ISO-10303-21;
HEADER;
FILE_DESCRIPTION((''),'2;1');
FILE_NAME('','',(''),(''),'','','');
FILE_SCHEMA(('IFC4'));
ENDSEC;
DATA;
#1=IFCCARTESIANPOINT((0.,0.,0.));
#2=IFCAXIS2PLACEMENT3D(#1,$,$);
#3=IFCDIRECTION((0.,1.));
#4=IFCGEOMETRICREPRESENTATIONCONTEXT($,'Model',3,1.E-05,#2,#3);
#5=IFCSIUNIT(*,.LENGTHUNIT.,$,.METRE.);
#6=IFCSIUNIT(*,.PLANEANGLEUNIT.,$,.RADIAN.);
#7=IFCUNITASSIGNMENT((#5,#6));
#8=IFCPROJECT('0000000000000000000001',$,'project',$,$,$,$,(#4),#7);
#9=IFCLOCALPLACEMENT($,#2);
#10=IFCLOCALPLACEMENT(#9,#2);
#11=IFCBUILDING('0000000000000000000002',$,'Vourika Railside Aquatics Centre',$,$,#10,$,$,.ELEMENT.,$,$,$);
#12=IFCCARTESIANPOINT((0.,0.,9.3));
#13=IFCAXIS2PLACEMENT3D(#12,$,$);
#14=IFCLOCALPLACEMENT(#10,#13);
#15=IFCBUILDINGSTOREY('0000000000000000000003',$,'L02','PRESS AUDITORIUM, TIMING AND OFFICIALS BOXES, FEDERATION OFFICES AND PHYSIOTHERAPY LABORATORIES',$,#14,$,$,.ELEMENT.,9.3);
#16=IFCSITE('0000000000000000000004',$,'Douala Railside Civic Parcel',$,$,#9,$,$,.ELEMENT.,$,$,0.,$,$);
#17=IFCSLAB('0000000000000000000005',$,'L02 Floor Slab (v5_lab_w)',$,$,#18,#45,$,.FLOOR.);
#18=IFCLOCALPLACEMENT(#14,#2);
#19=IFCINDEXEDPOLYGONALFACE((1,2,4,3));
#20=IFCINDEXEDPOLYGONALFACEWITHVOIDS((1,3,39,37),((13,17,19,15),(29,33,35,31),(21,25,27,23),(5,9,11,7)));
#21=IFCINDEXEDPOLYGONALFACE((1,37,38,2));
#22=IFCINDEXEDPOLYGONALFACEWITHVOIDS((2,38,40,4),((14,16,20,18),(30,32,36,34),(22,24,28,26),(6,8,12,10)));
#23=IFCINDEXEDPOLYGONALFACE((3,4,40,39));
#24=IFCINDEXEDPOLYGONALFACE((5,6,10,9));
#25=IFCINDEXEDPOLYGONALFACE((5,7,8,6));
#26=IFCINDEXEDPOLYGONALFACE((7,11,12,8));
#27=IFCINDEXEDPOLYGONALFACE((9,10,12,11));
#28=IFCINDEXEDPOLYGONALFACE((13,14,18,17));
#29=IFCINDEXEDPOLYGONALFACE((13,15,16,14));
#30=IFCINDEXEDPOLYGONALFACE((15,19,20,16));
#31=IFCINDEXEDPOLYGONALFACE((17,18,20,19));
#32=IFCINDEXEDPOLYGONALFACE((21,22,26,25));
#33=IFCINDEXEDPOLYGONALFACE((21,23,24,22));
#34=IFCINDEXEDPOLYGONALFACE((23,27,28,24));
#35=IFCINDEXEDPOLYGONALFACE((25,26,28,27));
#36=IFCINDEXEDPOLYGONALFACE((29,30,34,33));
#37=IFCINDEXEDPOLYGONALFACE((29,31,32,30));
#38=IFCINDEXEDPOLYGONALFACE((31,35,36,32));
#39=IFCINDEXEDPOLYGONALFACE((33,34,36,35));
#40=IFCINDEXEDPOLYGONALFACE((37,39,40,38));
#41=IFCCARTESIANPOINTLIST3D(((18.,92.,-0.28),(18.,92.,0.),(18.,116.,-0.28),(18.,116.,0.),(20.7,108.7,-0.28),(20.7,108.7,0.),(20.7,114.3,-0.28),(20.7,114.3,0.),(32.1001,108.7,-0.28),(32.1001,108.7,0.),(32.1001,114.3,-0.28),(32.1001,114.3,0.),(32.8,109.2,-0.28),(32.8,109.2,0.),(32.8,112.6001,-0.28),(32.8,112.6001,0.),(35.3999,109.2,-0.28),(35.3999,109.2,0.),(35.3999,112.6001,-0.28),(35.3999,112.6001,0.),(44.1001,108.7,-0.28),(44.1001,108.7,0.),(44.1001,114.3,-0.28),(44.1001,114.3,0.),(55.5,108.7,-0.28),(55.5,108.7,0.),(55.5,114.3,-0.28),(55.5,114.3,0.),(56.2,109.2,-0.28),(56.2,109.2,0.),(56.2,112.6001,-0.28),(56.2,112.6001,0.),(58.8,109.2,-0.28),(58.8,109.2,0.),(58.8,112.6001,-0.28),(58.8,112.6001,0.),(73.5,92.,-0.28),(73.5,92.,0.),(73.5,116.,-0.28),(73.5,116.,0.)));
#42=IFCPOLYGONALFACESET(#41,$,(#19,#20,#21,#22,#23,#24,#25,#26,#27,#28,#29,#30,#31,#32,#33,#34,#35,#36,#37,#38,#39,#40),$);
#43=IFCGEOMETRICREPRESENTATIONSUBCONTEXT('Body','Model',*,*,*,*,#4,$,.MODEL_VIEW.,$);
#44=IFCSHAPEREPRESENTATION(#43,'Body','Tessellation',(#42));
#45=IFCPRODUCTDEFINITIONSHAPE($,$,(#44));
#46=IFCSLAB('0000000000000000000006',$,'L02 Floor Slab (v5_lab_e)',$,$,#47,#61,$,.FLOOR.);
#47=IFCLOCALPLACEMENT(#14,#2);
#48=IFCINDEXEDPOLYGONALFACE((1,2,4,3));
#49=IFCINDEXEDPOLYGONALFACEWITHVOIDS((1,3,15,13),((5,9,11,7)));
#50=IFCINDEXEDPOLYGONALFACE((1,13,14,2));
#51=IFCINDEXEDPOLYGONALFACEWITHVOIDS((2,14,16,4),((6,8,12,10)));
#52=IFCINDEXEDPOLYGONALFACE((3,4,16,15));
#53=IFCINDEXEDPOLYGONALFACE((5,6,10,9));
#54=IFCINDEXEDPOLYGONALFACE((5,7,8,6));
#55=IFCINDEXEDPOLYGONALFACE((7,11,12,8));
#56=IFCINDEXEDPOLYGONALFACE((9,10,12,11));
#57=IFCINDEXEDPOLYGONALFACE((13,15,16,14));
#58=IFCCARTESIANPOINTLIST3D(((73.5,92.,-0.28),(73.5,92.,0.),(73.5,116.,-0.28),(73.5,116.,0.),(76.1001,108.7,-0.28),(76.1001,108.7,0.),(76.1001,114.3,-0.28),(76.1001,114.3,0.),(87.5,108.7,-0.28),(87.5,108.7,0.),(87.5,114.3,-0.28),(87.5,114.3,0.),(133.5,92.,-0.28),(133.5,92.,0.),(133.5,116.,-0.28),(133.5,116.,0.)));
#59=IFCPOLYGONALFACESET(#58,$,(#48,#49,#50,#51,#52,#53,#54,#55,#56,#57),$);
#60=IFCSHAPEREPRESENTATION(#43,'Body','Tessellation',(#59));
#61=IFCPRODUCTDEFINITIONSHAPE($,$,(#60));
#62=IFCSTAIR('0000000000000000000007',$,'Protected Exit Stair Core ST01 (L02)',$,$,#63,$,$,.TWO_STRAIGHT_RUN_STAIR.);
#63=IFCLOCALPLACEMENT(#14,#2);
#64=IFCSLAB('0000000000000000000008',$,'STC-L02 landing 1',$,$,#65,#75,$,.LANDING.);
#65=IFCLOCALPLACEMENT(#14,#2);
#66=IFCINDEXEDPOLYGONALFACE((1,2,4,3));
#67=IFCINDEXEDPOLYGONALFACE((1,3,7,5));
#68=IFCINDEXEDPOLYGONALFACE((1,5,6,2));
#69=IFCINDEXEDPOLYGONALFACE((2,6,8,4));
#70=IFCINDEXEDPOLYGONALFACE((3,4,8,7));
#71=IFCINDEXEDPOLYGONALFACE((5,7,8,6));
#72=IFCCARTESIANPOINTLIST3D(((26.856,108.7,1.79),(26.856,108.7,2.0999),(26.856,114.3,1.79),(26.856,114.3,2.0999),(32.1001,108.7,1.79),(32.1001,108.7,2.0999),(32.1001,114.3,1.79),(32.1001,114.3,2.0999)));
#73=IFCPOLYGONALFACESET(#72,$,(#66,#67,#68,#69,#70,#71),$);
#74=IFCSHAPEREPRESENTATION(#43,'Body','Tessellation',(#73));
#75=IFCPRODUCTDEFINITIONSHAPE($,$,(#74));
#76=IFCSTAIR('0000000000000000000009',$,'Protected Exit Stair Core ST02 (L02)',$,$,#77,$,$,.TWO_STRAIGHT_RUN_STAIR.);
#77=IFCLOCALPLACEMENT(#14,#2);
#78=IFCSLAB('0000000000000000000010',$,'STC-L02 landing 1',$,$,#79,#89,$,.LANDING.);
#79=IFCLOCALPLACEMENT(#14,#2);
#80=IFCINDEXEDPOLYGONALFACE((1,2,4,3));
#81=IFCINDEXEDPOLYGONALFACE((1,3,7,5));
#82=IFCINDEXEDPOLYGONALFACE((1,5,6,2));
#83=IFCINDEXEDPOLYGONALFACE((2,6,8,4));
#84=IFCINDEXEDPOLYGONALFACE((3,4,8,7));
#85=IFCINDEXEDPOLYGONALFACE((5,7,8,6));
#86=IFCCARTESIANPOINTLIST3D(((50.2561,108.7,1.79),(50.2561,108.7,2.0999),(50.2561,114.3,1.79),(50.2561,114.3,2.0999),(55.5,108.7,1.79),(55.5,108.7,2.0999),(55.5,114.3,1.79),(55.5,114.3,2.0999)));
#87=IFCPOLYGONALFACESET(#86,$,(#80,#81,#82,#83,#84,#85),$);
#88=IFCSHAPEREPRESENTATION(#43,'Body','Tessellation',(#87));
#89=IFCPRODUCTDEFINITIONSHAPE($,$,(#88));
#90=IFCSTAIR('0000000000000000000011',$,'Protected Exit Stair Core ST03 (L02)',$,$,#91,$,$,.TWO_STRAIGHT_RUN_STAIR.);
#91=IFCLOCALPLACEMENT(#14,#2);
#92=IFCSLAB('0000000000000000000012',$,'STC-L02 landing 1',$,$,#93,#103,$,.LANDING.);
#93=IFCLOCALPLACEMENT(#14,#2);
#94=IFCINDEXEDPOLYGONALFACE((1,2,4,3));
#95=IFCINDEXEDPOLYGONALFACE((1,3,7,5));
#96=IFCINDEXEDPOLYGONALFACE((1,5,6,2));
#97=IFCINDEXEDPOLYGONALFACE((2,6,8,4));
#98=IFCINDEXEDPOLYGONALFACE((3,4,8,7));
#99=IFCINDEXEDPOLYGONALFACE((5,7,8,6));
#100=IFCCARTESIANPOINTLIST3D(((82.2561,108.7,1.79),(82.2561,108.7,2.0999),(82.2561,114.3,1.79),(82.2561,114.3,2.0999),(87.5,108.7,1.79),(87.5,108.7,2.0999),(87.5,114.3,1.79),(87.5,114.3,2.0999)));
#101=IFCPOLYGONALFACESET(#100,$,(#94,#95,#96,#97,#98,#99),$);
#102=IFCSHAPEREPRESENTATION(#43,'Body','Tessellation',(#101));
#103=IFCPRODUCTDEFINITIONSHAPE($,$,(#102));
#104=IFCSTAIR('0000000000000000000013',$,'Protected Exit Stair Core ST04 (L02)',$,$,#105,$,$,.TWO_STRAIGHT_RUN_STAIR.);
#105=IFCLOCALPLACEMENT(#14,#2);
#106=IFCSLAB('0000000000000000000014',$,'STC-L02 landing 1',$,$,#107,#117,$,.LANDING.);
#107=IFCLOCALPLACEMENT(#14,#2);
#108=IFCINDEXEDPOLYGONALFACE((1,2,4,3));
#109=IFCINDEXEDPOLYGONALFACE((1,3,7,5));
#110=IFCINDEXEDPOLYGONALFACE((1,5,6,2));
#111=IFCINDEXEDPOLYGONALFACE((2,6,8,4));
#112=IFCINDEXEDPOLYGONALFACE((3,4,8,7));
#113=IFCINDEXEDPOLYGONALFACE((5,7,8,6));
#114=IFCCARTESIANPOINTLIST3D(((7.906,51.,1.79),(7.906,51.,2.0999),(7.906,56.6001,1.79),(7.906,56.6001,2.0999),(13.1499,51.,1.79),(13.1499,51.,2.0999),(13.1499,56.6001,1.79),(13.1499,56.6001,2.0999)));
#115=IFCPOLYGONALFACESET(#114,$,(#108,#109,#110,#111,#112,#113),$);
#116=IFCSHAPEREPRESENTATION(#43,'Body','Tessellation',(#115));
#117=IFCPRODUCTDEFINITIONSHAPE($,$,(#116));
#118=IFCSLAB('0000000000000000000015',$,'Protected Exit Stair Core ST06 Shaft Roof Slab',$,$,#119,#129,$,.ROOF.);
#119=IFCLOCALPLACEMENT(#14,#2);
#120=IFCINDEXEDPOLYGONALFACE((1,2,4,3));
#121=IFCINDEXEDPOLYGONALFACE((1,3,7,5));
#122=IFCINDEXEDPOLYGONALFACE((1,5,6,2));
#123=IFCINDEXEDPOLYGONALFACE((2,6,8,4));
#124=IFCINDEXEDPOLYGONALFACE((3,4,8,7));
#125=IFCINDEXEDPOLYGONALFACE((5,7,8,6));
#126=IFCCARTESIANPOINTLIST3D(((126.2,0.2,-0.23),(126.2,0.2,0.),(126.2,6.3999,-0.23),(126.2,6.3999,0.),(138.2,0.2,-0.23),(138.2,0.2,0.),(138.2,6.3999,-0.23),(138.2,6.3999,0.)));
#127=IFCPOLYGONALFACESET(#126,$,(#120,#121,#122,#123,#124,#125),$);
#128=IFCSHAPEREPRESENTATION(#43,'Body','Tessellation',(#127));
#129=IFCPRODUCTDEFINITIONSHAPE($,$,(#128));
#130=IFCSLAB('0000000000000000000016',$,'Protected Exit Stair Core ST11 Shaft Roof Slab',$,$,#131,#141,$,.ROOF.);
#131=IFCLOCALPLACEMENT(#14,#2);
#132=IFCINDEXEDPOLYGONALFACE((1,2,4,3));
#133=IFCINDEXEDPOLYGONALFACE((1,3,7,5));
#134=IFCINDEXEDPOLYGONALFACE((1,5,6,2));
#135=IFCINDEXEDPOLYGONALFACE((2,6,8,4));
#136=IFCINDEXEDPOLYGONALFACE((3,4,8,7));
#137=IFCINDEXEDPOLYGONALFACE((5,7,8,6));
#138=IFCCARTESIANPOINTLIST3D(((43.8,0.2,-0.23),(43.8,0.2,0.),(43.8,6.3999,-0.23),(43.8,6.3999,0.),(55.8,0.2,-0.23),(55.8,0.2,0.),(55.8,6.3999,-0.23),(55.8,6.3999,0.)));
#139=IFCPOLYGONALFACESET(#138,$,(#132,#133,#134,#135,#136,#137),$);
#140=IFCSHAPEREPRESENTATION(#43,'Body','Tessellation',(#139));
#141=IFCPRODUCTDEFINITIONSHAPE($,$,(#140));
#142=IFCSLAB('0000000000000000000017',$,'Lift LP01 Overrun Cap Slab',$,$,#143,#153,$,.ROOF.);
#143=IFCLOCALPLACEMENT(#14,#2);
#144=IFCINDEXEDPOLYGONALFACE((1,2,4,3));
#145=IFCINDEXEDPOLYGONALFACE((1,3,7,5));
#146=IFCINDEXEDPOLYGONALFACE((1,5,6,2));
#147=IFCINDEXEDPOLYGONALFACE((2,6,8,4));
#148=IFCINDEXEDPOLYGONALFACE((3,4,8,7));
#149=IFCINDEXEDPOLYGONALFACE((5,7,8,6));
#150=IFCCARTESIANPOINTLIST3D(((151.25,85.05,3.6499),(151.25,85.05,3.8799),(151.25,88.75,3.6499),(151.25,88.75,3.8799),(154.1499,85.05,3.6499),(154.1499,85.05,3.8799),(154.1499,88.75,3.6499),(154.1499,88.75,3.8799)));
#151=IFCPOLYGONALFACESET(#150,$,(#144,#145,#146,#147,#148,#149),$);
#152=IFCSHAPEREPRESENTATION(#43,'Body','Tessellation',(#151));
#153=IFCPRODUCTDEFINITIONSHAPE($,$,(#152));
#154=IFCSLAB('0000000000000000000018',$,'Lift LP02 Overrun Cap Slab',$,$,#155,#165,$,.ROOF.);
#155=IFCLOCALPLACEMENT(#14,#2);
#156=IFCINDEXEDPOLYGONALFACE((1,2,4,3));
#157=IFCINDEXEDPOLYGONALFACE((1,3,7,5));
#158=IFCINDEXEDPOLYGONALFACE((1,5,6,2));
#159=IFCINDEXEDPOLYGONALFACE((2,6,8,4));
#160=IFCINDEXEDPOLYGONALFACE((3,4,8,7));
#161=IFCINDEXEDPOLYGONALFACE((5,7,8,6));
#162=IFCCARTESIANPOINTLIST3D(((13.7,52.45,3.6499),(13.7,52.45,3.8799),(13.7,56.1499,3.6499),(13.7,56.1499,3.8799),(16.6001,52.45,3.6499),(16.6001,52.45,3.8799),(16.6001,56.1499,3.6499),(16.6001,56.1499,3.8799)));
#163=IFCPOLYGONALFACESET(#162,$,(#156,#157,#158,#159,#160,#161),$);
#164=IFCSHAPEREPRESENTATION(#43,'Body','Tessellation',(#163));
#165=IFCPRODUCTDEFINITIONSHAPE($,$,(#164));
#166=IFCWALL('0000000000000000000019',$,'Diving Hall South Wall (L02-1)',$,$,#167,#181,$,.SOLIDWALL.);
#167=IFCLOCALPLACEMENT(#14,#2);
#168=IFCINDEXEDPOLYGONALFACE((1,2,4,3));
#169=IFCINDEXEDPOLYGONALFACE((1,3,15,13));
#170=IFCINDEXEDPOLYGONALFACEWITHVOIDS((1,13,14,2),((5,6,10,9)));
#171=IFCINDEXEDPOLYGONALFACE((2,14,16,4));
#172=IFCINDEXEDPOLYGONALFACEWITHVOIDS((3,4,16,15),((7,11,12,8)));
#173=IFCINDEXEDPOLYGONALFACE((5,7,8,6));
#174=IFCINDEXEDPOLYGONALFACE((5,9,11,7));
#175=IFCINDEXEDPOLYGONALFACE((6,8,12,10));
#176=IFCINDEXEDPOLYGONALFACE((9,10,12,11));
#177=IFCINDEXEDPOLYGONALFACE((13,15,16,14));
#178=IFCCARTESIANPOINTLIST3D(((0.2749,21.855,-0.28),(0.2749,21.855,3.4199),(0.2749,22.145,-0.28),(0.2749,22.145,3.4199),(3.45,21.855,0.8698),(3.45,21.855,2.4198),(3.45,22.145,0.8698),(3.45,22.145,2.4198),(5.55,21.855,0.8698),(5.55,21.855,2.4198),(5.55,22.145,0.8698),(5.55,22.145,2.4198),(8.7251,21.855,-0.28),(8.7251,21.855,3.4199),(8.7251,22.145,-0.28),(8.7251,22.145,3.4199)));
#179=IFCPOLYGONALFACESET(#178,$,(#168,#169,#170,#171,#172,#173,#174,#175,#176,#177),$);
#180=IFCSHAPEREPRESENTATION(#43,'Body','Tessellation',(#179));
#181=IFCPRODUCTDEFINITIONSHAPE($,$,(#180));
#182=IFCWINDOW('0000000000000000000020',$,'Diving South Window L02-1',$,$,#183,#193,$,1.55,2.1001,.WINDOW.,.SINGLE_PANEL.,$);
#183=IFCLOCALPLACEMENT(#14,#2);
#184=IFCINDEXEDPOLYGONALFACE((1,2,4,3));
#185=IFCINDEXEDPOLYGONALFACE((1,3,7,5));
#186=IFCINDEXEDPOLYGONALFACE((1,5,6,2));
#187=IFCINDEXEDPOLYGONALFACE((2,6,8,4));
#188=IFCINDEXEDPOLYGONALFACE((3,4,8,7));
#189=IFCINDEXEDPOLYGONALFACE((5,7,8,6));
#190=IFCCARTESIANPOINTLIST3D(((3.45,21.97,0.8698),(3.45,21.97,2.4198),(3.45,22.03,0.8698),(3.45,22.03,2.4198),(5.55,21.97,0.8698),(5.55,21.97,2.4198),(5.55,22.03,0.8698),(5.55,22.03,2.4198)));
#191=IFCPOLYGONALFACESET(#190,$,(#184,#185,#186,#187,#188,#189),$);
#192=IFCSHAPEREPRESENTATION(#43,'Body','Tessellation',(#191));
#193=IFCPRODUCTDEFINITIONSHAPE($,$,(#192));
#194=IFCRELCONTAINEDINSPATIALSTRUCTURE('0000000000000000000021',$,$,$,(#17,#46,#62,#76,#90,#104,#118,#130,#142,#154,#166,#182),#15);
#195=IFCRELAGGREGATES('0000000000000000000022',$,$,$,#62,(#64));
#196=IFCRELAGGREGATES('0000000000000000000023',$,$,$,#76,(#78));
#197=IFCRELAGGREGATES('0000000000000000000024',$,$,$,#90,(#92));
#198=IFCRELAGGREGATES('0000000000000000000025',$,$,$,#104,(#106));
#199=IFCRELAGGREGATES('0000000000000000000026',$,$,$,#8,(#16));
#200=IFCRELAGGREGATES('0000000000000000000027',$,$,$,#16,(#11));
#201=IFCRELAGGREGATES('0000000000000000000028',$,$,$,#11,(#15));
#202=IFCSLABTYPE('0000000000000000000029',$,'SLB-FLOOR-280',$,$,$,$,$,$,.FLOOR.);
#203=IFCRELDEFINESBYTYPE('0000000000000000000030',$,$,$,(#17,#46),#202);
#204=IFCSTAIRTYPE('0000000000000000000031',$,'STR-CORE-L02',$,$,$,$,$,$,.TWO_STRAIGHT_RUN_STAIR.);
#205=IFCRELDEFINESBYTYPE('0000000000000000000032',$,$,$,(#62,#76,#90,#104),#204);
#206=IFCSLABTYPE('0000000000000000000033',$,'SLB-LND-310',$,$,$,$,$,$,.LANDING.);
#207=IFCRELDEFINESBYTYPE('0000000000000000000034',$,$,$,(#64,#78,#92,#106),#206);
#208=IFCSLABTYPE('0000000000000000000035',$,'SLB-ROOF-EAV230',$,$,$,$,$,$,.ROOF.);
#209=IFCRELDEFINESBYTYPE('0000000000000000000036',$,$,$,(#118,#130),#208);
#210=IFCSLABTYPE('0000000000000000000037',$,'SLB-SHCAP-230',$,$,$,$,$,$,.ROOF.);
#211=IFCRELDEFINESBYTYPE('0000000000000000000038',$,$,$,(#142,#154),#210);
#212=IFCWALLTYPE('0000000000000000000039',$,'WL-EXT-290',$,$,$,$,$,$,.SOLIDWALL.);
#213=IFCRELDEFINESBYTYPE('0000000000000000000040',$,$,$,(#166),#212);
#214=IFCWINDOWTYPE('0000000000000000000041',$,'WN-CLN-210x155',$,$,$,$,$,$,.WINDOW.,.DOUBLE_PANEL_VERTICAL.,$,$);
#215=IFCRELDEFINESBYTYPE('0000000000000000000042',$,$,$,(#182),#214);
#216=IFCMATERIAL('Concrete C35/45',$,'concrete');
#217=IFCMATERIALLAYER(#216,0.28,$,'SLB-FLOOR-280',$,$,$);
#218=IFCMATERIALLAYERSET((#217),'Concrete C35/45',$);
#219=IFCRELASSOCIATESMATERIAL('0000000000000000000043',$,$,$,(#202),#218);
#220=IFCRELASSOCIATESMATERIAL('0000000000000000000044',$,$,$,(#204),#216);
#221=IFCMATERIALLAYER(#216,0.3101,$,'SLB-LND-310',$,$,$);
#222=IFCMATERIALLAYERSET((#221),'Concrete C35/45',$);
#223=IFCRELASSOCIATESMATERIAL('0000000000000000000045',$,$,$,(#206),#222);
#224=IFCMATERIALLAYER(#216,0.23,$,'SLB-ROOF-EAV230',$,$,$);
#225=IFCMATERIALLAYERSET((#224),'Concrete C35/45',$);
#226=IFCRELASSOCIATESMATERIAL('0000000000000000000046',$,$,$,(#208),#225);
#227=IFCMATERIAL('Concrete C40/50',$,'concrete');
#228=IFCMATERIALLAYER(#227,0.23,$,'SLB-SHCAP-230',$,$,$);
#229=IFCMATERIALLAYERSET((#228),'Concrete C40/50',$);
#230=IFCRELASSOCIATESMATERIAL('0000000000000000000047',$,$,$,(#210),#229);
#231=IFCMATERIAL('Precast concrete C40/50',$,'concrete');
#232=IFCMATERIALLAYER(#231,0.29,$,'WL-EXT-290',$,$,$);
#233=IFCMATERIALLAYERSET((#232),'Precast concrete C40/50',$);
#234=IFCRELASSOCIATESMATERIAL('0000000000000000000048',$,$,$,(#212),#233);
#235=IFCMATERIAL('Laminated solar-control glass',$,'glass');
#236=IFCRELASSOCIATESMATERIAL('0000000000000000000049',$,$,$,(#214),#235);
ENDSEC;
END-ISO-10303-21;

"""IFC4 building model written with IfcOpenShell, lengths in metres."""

from ifc_helpers import new_model, si_unit, direction, frame, frame_2d, origin, place, context, subcontext, project, spatial, polyline, rectangle, outline, extrude, material, layer, layer_set, type_object, element, fill, aggregate, save


model = new_model("IFC4")

# Units and contexts
model_context = context("Model", 3, precision=1e-05, world=origin(), true_north=direction((0.0, 1.0)))
body_context = subcontext(model_context, "Body", "Model", "MODEL_VIEW")
ifc_project = project(units=[si_unit("LENGTHUNIT", "METRE"), si_unit("PLANEANGLEUNIT", "RADIAN")], contexts=[model_context])

# Site, building, storey
site_placement = place(None, origin())
site = spatial("IfcSite", under=ifc_project, at=site_placement, Name="Douala Railside Civic Parcel", CompositionType="ELEMENT", RefElevation=0.0)
building_placement = place(site_placement, origin())
building = spatial("IfcBuilding", under=site, at=building_placement, Name="Vourika Railside Aquatics Centre", CompositionType="ELEMENT")
storey_placement = place(building_placement, frame((0.0, 0.0, 9.3)))
storey = spatial("IfcBuildingStorey", under=building, at=storey_placement, Name="L02", Description="PRESS AUDITORIUM, TIMING AND OFFICIALS BOXES, FEDERATION OFFICES AND PHYSIOTHERAPY LABORATORIES", CompositionType="ELEMENT", Elevation=9.3)

# Shared definitions
ifc_material_1 = material(Name="Concrete C35/45", Category="concrete")

# Slabs
ifc_material_2 = material(Name="Concrete C40/50", Category="concrete")
ifc_layer_1 = layer(ifc_material_1, 0.28, Name="SLB-FLOOR-280")
ifc_layer_set_1 = layer_set([ifc_layer_1], Name="Concrete C35/45")
slab_type_1 = type_object("IfcSlabType", Name="SLB-FLOOR-280", PredefinedType="FLOOR", material=ifc_layer_set_1)
slab_1_placement = place(storey_placement, frame((0.0, 0.0, -0.28)))
element("IfcSlab", 1, at=slab_1_placement, inside=storey, type_object=slab_type_1, Name="L02 Floor Slab (v5_lab_w)", PredefinedType="FLOOR", context=body_context, shape_type="SweptSolid", body=[
    extrude(outline(polyline([(18.0, 92.0), (18.0, 116.0), (73.5, 116.0), (73.5, 92.0), (18.0, 92.0)]), holes=[polyline([(32.8, 112.6001), (32.8, 109.2), (35.3999, 109.2), (35.3999, 112.6001), (32.8, 112.6001)]), polyline([(58.8, 112.6001), (56.2, 112.6001), (56.2, 109.2), (58.8, 109.2), (58.8, 112.6001)]), polyline([(32.1001, 114.3), (20.7, 114.3), (20.7, 108.7), (32.1001, 108.7), (32.1001, 114.3)]), polyline([(44.1001, 114.3), (44.1001, 108.7), (55.5, 108.7), (55.5, 114.3), (44.1001, 114.3)])]), origin(), (0.0, 0.0, 1.0), 0.28),
])
slab_2_placement = place(storey_placement, frame((0.0, 0.0, -0.28)))
element("IfcSlab", 2, at=slab_2_placement, inside=storey, type_object=slab_type_1, Name="L02 Floor Slab (v5_lab_e)", PredefinedType="FLOOR", context=body_context, shape_type="SweptSolid", body=[
    extrude(outline(polyline([(73.5, 92.0), (73.5, 116.0), (133.5, 116.0), (133.5, 92.0), (73.5, 92.0)]), holes=[polyline([(87.5, 114.3), (76.1001, 114.3), (76.1001, 108.7), (87.5, 108.7), (87.5, 114.3)])]), origin(), (0.0, 0.0, 1.0), 0.28),
])

# Stairs, slabs
stair_type = type_object("IfcStairType", Name="STR-CORE-L02", PredefinedType="TWO_STRAIGHT_RUN_STAIR", material=ifc_material_1)
stair_1_placement = place(storey_placement, origin())
stair_1 = element("IfcStair", 3, at=stair_1_placement, inside=storey, type_object=stair_type, Name="Protected Exit Stair Core ST01 (L02)", PredefinedType="TWO_STRAIGHT_RUN_STAIR")
ifc_layer_2 = layer(ifc_material_1, 0.3101, Name="SLB-LND-310")
ifc_layer_set_2 = layer_set([ifc_layer_2], Name="Concrete C35/45")
slab_type_2 = type_object("IfcSlabType", Name="SLB-LND-310", PredefinedType="LANDING", material=ifc_layer_set_2)
slab_3_placement = place(storey_placement, frame((0.0, 0.0, 1.79)))
slab_3 = element("IfcSlab", 4, at=slab_3_placement, type_object=slab_type_2, Name="STC-L02 landing 1", PredefinedType="LANDING", context=body_context, shape_type="SweptSolid", body=[
    extrude(outline(polyline([(26.856, 108.7), (32.1001, 108.7), (32.1001, 114.3), (26.856, 114.3), (26.856, 108.7)])), origin(), (0.0, 0.0, 1.0), 0.3098),
])
aggregate(stair_1, [slab_3])
stair_2_placement = place(storey_placement, origin())
stair_2 = element("IfcStair", 5, at=stair_2_placement, inside=storey, type_object=stair_type, Name="Protected Exit Stair Core ST02 (L02)", PredefinedType="TWO_STRAIGHT_RUN_STAIR")
slab_4_placement = place(storey_placement, frame((0.0, 0.0, 1.79)))
slab_4 = element("IfcSlab", 6, at=slab_4_placement, type_object=slab_type_2, Name="STC-L02 landing 1", PredefinedType="LANDING", context=body_context, shape_type="SweptSolid", body=[
    extrude(outline(polyline([(50.2561, 108.7), (55.5, 108.7), (55.5, 114.3), (50.2561, 114.3), (50.2561, 108.7)])), origin(), (0.0, 0.0, 1.0), 0.3098),
])
aggregate(stair_2, [slab_4])
stair_3_placement = place(storey_placement, origin())
stair_3 = element("IfcStair", 7, at=stair_3_placement, inside=storey, type_object=stair_type, Name="Protected Exit Stair Core ST03 (L02)", PredefinedType="TWO_STRAIGHT_RUN_STAIR")
slab_5_placement = place(storey_placement, frame((0.0, 0.0, 1.79)))
slab_5 = element("IfcSlab", 8, at=slab_5_placement, type_object=slab_type_2, Name="STC-L02 landing 1", PredefinedType="LANDING", context=body_context, shape_type="SweptSolid", body=[
    extrude(outline(polyline([(82.2561, 108.7), (87.5, 108.7), (87.5, 114.3), (82.2561, 114.3), (82.2561, 108.7)])), origin(), (0.0, 0.0, 1.0), 0.3098),
])
aggregate(stair_3, [slab_5])
stair_4_placement = place(storey_placement, origin())
stair_4 = element("IfcStair", 9, at=stair_4_placement, inside=storey, type_object=stair_type, Name="Protected Exit Stair Core ST04 (L02)", PredefinedType="TWO_STRAIGHT_RUN_STAIR")
slab_6_placement = place(storey_placement, frame((0.0, 0.0, 1.79)))
slab_6 = element("IfcSlab", 10, at=slab_6_placement, type_object=slab_type_2, Name="STC-L02 landing 1", PredefinedType="LANDING", context=body_context, shape_type="SweptSolid", body=[
    extrude(outline(polyline([(7.906, 51.0), (13.1499, 51.0), (13.1499, 56.6001), (7.906, 56.6001), (7.906, 51.0)])), origin(), (0.0, 0.0, 1.0), 0.3098),
])
aggregate(stair_4, [slab_6])

# Slabs
ifc_layer_3 = layer(ifc_material_1, 0.23, Name="SLB-ROOF-EAV230")
ifc_layer_set_3 = layer_set([ifc_layer_3], Name="Concrete C35/45")
slab_type_3 = type_object("IfcSlabType", Name="SLB-ROOF-EAV230", PredefinedType="ROOF", material=ifc_layer_set_3)
slab_7_placement = place(storey_placement, frame((0.0, 0.0, -0.23)))
element("IfcSlab", 11, at=slab_7_placement, inside=storey, type_object=slab_type_3, Name="Protected Exit Stair Core ST06 Shaft Roof Slab", PredefinedType="ROOF", context=body_context, shape_type="SweptSolid", body=[
    extrude(outline(polyline([(126.2, 0.2), (138.2, 0.2), (138.2, 6.3999), (126.2, 6.3999), (126.2, 0.2)])), origin(), (0.0, 0.0, 1.0), 0.23),
])
slab_8_placement = place(storey_placement, frame((0.0, 0.0, -0.23)))
element("IfcSlab", 12, at=slab_8_placement, inside=storey, type_object=slab_type_3, Name="Protected Exit Stair Core ST11 Shaft Roof Slab", PredefinedType="ROOF", context=body_context, shape_type="SweptSolid", body=[
    extrude(outline(polyline([(43.8, 0.2), (55.8, 0.2), (55.8, 6.3999), (43.8, 6.3999), (43.8, 0.2)])), origin(), (0.0, 0.0, 1.0), 0.23),
])
ifc_layer_4 = layer(ifc_material_2, 0.23, Name="SLB-SHCAP-230")
ifc_layer_set_4 = layer_set([ifc_layer_4], Name="Concrete C40/50")
slab_type_4 = type_object("IfcSlabType", Name="SLB-SHCAP-230", PredefinedType="ROOF", material=ifc_layer_set_4)
slab_9_placement = place(storey_placement, frame((0.0, 0.0, 3.6499)))
element("IfcSlab", 13, at=slab_9_placement, inside=storey, type_object=slab_type_4, Name="Lift LP01 Overrun Cap Slab", PredefinedType="ROOF", context=body_context, shape_type="SweptSolid", body=[
    extrude(outline(polyline([(151.25, 85.05), (154.1499, 85.05), (154.1499, 88.75), (151.25, 88.75), (151.25, 85.05)])), origin(), (0.0, 0.0, 1.0), 0.23),
])
slab_10_placement = place(storey_placement, frame((0.0, 0.0, 3.6499)))
element("IfcSlab", 14, at=slab_10_placement, inside=storey, type_object=slab_type_4, Name="Lift LP02 Overrun Cap Slab", PredefinedType="ROOF", context=body_context, shape_type="SweptSolid", body=[
    extrude(outline(polyline([(13.7, 52.45), (16.6001, 52.45), (16.6001, 56.1499), (13.7, 56.1499), (13.7, 52.45)])), origin(), (0.0, 0.0, 1.0), 0.23),
])

# Wall, opening, window
ifc_material_3 = material(Name="Precast concrete C40/50", Category="concrete")
ifc_layer_5 = layer(ifc_material_3, 0.29, Name="WL-EXT-290")
ifc_layer_set_5 = layer_set([ifc_layer_5], Name="Precast concrete C40/50")
wall_type = type_object("IfcWallType", Name="WL-EXT-290", PredefinedType="SOLIDWALL", material=ifc_layer_set_5)
wall_placement = place(storey_placement, frame((0.2749, 22.0, -0.28), z_axis=(0.0, 0.0, 1.0), x_axis=(1.0, 0.0, 0.0)))
wall = element("IfcWall", 15, at=wall_placement, inside=storey, type_object=wall_type, Name="Diving Hall South Wall (L02-1)", PredefinedType="SOLIDWALL", context=body_context, shape_type="SweptSolid", body=[
    extrude(rectangle(XDim=8.4502, YDim=0.29, at=frame_2d((4.2251, 0.0))), origin(), (0.0, 0.0, 1.0), 3.7),
])
opening_placement = place(wall_placement, frame((3.175, 0.0, 1.1499)))
opening = element("IfcOpeningElement", 16, at=opening_placement, cuts=wall, PredefinedType="OPENING", context=body_context, shape_type="SweptSolid", body=[
    extrude(rectangle(XDim=2.1001, YDim=1.55, at=frame_2d((1.05, 0.7749))), frame((0.0, 0.155, 0.0), z_axis=(0.0, -1.0, 0.0), x_axis=(1.0, 0.0, 0.0)), (0.0, 0.0, 1.0), 0.3101),
])
ifc_material_4 = material(Name="Laminated solar-control glass", Category="glass")
window_type = type_object("IfcWindowType", Name="WN-CLN-210x155", PartitioningType="DOUBLE_PANEL_VERTICAL", PredefinedType="WINDOW", material=ifc_material_4)
window_placement = place(opening_placement, origin())
window = element("IfcWindow", 17, at=window_placement, inside=storey, type_object=window_type, Name="Diving South Window L02-1", OverallHeight=1.55, OverallWidth=2.1001, PartitioningType="SINGLE_PANEL", PredefinedType="WINDOW", context=body_context, shape_type="SweptSolid", body=[
    extrude(rectangle(XDim=2.1001, YDim=1.55, at=frame_2d((1.05, 0.7749))), frame((0.0, 0.03, 0.0), z_axis=(0.0, -1.0, 0.0), x_axis=(1.0, 0.0, 0.0)), (0.0, 0.0, 1.0), 0.0601),
])
fill(opening, window)

save(model, "model.ifc")
